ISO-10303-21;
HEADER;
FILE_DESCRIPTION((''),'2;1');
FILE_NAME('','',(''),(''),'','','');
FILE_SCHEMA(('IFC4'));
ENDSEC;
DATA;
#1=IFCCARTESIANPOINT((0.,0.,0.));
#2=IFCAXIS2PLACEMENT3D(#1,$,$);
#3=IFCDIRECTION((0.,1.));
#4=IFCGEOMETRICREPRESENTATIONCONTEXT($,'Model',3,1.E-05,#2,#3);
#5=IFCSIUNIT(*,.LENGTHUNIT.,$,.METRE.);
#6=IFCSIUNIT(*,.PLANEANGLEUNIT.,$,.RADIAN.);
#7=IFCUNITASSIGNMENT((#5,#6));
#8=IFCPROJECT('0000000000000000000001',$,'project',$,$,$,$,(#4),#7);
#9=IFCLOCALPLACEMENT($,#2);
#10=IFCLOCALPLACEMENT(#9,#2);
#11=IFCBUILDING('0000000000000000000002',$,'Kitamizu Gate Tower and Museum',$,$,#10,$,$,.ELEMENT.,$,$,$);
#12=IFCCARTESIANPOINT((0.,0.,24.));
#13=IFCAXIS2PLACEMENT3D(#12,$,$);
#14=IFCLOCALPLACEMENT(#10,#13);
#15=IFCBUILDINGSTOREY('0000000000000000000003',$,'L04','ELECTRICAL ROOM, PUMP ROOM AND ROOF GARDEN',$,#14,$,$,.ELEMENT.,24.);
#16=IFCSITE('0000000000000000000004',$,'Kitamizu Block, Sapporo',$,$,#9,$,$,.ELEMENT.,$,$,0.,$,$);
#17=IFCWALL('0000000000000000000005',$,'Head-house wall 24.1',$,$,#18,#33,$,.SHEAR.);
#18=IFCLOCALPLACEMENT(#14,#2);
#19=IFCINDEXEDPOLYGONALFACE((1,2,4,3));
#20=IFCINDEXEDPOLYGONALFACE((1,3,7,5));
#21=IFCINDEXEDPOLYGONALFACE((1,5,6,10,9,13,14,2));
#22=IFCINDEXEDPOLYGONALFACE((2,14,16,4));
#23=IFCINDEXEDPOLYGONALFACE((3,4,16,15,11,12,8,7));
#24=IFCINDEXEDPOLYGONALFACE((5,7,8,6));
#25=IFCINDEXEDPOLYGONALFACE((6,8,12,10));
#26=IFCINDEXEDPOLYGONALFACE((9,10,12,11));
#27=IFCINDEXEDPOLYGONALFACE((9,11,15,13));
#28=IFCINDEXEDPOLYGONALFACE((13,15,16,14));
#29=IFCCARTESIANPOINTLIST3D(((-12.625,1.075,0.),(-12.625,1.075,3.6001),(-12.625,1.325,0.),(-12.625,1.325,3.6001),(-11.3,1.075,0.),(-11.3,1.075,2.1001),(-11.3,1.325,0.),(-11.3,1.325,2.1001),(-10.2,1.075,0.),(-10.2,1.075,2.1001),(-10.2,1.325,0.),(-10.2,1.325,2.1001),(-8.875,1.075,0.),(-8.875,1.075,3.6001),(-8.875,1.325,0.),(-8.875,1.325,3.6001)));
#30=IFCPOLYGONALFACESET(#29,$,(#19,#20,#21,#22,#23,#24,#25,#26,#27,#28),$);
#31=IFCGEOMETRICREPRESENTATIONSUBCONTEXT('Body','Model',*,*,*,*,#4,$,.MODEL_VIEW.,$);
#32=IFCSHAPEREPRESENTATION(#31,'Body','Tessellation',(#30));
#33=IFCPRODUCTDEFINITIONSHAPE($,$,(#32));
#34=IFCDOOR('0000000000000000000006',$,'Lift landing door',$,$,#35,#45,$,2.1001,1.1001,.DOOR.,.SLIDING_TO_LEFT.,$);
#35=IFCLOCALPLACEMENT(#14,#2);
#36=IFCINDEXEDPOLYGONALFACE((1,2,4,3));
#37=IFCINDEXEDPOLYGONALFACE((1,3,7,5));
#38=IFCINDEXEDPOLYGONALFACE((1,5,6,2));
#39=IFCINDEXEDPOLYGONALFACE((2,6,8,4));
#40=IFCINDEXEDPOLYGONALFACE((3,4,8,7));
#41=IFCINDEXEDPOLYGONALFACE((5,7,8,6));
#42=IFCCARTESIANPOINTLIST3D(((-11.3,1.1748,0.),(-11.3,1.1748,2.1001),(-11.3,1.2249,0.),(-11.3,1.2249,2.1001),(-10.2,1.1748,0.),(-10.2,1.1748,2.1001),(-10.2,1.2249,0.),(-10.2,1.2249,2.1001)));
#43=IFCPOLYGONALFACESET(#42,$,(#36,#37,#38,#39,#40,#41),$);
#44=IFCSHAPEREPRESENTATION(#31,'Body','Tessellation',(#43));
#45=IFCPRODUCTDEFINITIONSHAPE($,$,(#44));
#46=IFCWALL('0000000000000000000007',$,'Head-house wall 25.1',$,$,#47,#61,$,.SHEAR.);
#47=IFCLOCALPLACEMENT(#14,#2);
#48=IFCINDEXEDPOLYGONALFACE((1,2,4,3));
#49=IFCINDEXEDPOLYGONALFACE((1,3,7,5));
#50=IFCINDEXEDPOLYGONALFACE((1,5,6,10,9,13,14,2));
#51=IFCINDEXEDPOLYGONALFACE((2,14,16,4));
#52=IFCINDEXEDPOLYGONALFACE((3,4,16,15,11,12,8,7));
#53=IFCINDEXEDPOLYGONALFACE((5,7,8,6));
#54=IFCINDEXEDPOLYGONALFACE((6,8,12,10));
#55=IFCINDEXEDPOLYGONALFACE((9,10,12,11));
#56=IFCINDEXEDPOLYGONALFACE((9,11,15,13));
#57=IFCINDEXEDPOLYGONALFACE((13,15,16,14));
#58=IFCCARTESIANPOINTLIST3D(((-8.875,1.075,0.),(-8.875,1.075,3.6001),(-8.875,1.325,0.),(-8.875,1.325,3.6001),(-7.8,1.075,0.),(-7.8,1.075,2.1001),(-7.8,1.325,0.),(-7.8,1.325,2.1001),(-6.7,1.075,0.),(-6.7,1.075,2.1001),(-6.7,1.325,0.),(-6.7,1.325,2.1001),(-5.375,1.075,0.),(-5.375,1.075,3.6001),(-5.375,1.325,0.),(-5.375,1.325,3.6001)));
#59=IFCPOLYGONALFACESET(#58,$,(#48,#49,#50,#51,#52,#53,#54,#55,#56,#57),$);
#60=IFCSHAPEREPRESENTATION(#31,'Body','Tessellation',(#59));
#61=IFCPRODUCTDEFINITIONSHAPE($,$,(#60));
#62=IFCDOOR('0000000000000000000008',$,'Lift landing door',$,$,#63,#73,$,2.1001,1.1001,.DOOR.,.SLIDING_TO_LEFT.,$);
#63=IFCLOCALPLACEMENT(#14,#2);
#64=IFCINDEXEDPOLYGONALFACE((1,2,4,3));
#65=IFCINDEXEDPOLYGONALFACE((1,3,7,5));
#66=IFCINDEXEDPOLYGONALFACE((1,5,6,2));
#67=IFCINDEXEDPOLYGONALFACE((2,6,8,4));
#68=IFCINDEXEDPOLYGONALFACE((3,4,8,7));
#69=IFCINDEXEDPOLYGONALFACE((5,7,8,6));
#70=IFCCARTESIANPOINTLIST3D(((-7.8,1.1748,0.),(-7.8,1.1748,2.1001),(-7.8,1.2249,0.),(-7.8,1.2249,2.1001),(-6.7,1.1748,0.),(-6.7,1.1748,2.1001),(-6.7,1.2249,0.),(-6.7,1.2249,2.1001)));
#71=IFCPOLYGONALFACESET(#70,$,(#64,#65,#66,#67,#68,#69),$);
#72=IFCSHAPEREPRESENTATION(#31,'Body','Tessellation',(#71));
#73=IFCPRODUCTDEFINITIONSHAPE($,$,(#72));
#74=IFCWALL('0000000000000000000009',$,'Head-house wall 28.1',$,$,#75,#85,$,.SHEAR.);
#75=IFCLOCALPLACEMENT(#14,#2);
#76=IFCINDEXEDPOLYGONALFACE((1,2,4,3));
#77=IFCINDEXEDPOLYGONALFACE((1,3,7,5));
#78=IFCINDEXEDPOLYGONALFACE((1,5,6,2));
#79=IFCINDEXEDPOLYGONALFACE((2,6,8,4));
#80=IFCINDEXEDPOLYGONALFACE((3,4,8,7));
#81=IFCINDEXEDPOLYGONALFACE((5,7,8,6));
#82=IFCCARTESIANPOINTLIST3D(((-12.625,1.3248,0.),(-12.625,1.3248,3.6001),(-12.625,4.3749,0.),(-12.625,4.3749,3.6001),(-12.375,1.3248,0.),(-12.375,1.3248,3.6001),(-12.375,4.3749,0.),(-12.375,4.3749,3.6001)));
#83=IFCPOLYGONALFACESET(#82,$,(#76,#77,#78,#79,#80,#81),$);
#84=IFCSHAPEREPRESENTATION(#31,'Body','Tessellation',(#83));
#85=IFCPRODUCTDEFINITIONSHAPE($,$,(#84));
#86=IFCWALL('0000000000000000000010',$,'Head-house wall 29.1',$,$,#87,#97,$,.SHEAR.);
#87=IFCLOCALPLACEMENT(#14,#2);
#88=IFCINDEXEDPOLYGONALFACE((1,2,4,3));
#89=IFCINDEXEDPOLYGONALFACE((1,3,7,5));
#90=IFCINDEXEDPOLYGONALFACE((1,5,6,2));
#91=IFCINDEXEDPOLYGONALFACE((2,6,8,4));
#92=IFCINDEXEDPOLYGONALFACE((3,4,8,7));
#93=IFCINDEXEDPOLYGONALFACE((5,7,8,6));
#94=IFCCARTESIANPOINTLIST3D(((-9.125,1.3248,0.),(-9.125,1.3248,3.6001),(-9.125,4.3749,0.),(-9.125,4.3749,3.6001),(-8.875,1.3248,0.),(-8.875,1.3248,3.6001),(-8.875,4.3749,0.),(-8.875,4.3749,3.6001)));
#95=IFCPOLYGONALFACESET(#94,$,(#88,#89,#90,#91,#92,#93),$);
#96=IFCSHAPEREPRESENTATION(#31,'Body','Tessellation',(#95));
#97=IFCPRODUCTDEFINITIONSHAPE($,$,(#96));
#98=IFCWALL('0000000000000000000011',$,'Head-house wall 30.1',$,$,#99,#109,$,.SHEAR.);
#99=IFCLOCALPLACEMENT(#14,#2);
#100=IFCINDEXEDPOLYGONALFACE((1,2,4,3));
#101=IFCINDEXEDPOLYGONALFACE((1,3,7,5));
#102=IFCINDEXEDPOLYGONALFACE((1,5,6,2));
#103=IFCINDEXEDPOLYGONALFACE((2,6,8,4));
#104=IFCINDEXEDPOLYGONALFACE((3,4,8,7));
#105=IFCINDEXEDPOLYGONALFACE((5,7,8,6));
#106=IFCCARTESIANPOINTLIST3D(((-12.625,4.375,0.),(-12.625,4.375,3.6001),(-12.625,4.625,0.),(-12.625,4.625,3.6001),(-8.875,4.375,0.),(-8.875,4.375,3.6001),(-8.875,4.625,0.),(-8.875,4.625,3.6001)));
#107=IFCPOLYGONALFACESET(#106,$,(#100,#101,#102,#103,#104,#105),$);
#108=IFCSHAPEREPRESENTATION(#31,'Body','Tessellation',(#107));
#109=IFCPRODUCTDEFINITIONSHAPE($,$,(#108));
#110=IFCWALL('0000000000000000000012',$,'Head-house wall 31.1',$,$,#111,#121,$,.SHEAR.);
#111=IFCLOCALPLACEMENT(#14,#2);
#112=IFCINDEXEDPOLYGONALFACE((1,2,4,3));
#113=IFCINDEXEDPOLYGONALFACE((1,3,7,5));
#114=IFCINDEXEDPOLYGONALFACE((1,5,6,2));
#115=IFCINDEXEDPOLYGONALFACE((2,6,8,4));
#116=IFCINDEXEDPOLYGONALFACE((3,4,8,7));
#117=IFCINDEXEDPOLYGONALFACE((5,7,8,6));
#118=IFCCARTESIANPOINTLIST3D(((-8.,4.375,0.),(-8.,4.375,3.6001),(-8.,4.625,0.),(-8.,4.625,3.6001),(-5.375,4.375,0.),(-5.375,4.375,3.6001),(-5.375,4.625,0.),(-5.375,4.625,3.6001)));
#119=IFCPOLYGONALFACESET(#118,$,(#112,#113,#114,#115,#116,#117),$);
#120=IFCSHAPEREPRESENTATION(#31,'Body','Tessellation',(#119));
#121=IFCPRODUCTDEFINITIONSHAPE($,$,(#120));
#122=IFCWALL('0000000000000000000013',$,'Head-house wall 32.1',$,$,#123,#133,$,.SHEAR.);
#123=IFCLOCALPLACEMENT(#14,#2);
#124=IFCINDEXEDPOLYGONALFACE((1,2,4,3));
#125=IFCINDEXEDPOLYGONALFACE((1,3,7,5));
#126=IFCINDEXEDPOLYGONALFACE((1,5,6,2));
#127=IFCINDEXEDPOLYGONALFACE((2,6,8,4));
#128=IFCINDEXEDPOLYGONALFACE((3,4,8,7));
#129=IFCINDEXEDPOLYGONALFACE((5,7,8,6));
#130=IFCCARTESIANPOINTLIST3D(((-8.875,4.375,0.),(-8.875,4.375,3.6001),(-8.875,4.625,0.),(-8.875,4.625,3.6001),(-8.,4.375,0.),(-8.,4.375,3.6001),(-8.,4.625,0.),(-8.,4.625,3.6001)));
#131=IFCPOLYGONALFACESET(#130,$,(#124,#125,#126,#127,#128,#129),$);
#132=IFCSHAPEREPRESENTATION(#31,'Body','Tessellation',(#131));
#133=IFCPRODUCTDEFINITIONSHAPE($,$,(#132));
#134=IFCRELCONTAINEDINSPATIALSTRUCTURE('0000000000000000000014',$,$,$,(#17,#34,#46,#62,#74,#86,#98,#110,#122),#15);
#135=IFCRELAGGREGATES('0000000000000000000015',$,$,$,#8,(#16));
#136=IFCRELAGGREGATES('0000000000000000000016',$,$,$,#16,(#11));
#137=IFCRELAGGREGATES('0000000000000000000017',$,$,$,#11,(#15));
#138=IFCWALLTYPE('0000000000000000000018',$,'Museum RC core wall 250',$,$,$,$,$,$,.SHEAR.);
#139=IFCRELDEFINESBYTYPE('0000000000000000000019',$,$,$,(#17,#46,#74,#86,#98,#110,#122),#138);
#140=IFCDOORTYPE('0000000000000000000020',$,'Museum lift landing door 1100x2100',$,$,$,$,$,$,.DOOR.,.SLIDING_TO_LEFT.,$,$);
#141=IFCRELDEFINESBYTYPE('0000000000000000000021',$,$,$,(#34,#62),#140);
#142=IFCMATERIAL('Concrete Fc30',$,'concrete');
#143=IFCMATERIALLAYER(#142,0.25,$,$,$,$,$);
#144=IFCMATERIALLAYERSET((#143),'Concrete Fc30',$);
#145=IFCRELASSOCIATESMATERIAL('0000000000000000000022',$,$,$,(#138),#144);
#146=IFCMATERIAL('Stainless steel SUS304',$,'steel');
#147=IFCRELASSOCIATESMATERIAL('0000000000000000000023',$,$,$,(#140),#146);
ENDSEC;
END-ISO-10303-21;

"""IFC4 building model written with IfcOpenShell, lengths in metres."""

from ifc_helpers import new_model, si_unit, direction, frame, frame_2d, origin, place, context, subcontext, project, spatial, rectangle, extrude, material, layer, layer_set, type_object, element, fill, save


model = new_model("IFC4")

# Units and contexts
model_context = context("Model", 3, precision=1e-05, world=origin(), true_north=direction((0.0, 1.0)))
body_context = subcontext(model_context, "Body", "Model", "MODEL_VIEW")
ifc_project = project(units=[si_unit("LENGTHUNIT", "METRE"), si_unit("PLANEANGLEUNIT", "RADIAN")], contexts=[model_context])

# Site, building, storey
site_placement = place(None, origin())
site = spatial("IfcSite", under=ifc_project, at=site_placement, Name="Kitamizu Block, Sapporo", CompositionType="ELEMENT", RefElevation=0.0)
building_placement = place(site_placement, origin())
building = spatial("IfcBuilding", under=site, at=building_placement, Name="Kitamizu Gate Tower and Museum", CompositionType="ELEMENT")
storey_placement = place(building_placement, frame((0.0, 0.0, 24.0)))
storey = spatial("IfcBuildingStorey", under=building, at=storey_placement, Name="L04", Description="ELECTRICAL ROOM, PUMP ROOM AND ROOF GARDEN", CompositionType="ELEMENT", Elevation=24.0)

# Walls, openings, doors
ifc_material_1 = material(Name="Concrete Fc30", Category="concrete")
ifc_layer = layer(ifc_material_1, 0.25)
ifc_layer_set = layer_set([ifc_layer], Name="Concrete Fc30")
wall_type = type_object("IfcWallType", Name="Museum RC core wall 250", PredefinedType="SHEAR", material=ifc_layer_set)
wall_1_placement = place(storey_placement, frame((-12.625, 1.2, 0.0), z_axis=(0.0, 0.0, 1.0), x_axis=(1.0, 0.0, 0.0)))
wall_1 = element("IfcWall", 1, at=wall_1_placement, inside=storey, type_object=wall_type, Name="Head-house wall 24.1", PredefinedType="SHEAR", context=body_context, shape_type="SweptSolid", body=[
    extrude(rectangle(XDim=3.75, YDim=0.25, at=frame_2d((1.875, 0.0))), origin(), (0.0, 0.0, 1.0), 3.6001),
])
opening_1_placement = place(wall_1_placement, frame((1.325, 0.0, 0.0)))
opening_1 = element("IfcOpeningElement", 2, at=opening_1_placement, cuts=wall_1, PredefinedType="OPENING", context=body_context, shape_type="SweptSolid", body=[
    extrude(rectangle(XDim=1.1001, YDim=2.1001, at=frame_2d((0.55, 1.05))), frame((0.0, 0.135, 0.0), z_axis=(0.0, -1.0, 0.0), x_axis=(1.0, 0.0, 0.0)), (0.0, 0.0, 1.0), 0.27),
])
ifc_material_2 = material(Name="Stainless steel SUS304", Category="steel")
door_type = type_object("IfcDoorType", Name="Museum lift landing door 1100x2100", OperationType="SLIDING_TO_LEFT", PredefinedType="DOOR", material=ifc_material_2)
door_1_placement = place(opening_1_placement, origin())
door_1 = element("IfcDoor", 3, at=door_1_placement, inside=storey, type_object=door_type, Name="Lift landing door", OperationType="SLIDING_TO_LEFT", OverallHeight=2.1001, OverallWidth=1.1001, PredefinedType="DOOR", context=body_context, shape_type="SweptSolid", body=[
    extrude(rectangle(XDim=1.1001, YDim=2.1001, at=frame_2d((0.55, 1.05))), frame((0.0, 0.0249, 0.0), z_axis=(0.0, -1.0, 0.0), x_axis=(1.0, 0.0, 0.0)), (0.0, 0.0, 1.0), 0.05),
])
fill(opening_1, door_1)
wall_2_placement = place(storey_placement, frame((-8.875, 1.2, 0.0), z_axis=(0.0, 0.0, 1.0), x_axis=(1.0, 0.0, 0.0)))
wall_2 = element("IfcWall", 4, at=wall_2_placement, inside=storey, type_object=wall_type, Name="Head-house wall 25.1", PredefinedType="SHEAR", context=body_context, shape_type="SweptSolid", body=[
    extrude(rectangle(XDim=3.5, YDim=0.25, at=frame_2d((1.75, 0.0))), origin(), (0.0, 0.0, 1.0), 3.6001),
])
opening_2_placement = place(wall_2_placement, frame((1.075, 0.0, 0.0)))
opening_2 = element("IfcOpeningElement", 5, at=opening_2_placement, cuts=wall_2, PredefinedType="OPENING", context=body_context, shape_type="SweptSolid", body=[
    extrude(rectangle(XDim=1.1001, YDim=2.1001, at=frame_2d((0.55, 1.05))), frame((0.0, 0.135, 0.0), z_axis=(0.0, -1.0, 0.0), x_axis=(1.0, 0.0, 0.0)), (0.0, 0.0, 1.0), 0.27),
])
door_2_placement = place(opening_2_placement, origin())
door_2 = element("IfcDoor", 6, at=door_2_placement, inside=storey, type_object=door_type, Name="Lift landing door", OperationType="SLIDING_TO_LEFT", OverallHeight=2.1001, OverallWidth=1.1001, PredefinedType="DOOR", context=body_context, shape_type="SweptSolid", body=[
    extrude(rectangle(XDim=1.1001, YDim=2.1001, at=frame_2d((0.55, 1.05))), frame((0.0, 0.0249, 0.0), z_axis=(0.0, -1.0, 0.0), x_axis=(1.0, 0.0, 0.0)), (0.0, 0.0, 1.0), 0.05),
])
fill(opening_2, door_2)

# Walls
for number, where, z_axis, x_axis, name in (
    (7, (-12.5, 1.325, 0.0), (0.0, 0.0, 1.0), (0.0, 1.0, 0.0), "Head-house wall 28.1"),
    (8, (-9.0, 1.325, 0.0), (0.0, 0.0, 1.0), (0.0, 1.0, 0.0), "Head-house wall 29.1"),
):
    element("IfcWall", number, at=place(storey_placement, frame(where, z_axis=z_axis, x_axis=x_axis)), inside=storey, type_object=wall_type, Name=name, PredefinedType="SHEAR", context=body_context, shape_type="SweptSolid", body=[
        extrude(rectangle(XDim=3.05, YDim=0.25, at=frame_2d((1.5249, 0.0))), origin(), (0.0, 0.0, 1.0), 3.6001),
    ])
wall_3_placement = place(storey_placement, frame((-12.625, 4.5, 0.0), z_axis=(0.0, 0.0, 1.0), x_axis=(1.0, 0.0, 0.0)))
element("IfcWall", 9, at=wall_3_placement, inside=storey, type_object=wall_type, Name="Head-house wall 30.1", PredefinedType="SHEAR", context=body_context, shape_type="SweptSolid", body=[
    extrude(rectangle(XDim=3.75, YDim=0.25, at=frame_2d((1.875, 0.0))), origin(), (0.0, 0.0, 1.0), 3.6001),
])
wall_4_placement = place(storey_placement, frame((-8.0, 4.5, 0.0), z_axis=(0.0, 0.0, 1.0), x_axis=(1.0, 0.0, 0.0)))
element("IfcWall", 10, at=wall_4_placement, inside=storey, type_object=wall_type, Name="Head-house wall 31.1", PredefinedType="SHEAR", context=body_context, shape_type="SweptSolid", body=[
    extrude(rectangle(XDim=2.625, YDim=0.25, at=frame_2d((1.3125, 0.0))), origin(), (0.0, 0.0, 1.0), 3.6001),
])
wall_5_placement = place(storey_placement, frame((-8.875, 4.5, 0.0), z_axis=(0.0, 0.0, 1.0), x_axis=(1.0, 0.0, 0.0)))
element("IfcWall", 11, at=wall_5_placement, inside=storey, type_object=wall_type, Name="Head-house wall 32.1", PredefinedType="SHEAR", context=body_context, shape_type="SweptSolid", body=[
    extrude(rectangle(XDim=0.875, YDim=0.25, at=frame_2d((0.4375, 0.0))), origin(), (0.0, 0.0, 1.0), 3.6001),
])

save(model, "model.ifc")
